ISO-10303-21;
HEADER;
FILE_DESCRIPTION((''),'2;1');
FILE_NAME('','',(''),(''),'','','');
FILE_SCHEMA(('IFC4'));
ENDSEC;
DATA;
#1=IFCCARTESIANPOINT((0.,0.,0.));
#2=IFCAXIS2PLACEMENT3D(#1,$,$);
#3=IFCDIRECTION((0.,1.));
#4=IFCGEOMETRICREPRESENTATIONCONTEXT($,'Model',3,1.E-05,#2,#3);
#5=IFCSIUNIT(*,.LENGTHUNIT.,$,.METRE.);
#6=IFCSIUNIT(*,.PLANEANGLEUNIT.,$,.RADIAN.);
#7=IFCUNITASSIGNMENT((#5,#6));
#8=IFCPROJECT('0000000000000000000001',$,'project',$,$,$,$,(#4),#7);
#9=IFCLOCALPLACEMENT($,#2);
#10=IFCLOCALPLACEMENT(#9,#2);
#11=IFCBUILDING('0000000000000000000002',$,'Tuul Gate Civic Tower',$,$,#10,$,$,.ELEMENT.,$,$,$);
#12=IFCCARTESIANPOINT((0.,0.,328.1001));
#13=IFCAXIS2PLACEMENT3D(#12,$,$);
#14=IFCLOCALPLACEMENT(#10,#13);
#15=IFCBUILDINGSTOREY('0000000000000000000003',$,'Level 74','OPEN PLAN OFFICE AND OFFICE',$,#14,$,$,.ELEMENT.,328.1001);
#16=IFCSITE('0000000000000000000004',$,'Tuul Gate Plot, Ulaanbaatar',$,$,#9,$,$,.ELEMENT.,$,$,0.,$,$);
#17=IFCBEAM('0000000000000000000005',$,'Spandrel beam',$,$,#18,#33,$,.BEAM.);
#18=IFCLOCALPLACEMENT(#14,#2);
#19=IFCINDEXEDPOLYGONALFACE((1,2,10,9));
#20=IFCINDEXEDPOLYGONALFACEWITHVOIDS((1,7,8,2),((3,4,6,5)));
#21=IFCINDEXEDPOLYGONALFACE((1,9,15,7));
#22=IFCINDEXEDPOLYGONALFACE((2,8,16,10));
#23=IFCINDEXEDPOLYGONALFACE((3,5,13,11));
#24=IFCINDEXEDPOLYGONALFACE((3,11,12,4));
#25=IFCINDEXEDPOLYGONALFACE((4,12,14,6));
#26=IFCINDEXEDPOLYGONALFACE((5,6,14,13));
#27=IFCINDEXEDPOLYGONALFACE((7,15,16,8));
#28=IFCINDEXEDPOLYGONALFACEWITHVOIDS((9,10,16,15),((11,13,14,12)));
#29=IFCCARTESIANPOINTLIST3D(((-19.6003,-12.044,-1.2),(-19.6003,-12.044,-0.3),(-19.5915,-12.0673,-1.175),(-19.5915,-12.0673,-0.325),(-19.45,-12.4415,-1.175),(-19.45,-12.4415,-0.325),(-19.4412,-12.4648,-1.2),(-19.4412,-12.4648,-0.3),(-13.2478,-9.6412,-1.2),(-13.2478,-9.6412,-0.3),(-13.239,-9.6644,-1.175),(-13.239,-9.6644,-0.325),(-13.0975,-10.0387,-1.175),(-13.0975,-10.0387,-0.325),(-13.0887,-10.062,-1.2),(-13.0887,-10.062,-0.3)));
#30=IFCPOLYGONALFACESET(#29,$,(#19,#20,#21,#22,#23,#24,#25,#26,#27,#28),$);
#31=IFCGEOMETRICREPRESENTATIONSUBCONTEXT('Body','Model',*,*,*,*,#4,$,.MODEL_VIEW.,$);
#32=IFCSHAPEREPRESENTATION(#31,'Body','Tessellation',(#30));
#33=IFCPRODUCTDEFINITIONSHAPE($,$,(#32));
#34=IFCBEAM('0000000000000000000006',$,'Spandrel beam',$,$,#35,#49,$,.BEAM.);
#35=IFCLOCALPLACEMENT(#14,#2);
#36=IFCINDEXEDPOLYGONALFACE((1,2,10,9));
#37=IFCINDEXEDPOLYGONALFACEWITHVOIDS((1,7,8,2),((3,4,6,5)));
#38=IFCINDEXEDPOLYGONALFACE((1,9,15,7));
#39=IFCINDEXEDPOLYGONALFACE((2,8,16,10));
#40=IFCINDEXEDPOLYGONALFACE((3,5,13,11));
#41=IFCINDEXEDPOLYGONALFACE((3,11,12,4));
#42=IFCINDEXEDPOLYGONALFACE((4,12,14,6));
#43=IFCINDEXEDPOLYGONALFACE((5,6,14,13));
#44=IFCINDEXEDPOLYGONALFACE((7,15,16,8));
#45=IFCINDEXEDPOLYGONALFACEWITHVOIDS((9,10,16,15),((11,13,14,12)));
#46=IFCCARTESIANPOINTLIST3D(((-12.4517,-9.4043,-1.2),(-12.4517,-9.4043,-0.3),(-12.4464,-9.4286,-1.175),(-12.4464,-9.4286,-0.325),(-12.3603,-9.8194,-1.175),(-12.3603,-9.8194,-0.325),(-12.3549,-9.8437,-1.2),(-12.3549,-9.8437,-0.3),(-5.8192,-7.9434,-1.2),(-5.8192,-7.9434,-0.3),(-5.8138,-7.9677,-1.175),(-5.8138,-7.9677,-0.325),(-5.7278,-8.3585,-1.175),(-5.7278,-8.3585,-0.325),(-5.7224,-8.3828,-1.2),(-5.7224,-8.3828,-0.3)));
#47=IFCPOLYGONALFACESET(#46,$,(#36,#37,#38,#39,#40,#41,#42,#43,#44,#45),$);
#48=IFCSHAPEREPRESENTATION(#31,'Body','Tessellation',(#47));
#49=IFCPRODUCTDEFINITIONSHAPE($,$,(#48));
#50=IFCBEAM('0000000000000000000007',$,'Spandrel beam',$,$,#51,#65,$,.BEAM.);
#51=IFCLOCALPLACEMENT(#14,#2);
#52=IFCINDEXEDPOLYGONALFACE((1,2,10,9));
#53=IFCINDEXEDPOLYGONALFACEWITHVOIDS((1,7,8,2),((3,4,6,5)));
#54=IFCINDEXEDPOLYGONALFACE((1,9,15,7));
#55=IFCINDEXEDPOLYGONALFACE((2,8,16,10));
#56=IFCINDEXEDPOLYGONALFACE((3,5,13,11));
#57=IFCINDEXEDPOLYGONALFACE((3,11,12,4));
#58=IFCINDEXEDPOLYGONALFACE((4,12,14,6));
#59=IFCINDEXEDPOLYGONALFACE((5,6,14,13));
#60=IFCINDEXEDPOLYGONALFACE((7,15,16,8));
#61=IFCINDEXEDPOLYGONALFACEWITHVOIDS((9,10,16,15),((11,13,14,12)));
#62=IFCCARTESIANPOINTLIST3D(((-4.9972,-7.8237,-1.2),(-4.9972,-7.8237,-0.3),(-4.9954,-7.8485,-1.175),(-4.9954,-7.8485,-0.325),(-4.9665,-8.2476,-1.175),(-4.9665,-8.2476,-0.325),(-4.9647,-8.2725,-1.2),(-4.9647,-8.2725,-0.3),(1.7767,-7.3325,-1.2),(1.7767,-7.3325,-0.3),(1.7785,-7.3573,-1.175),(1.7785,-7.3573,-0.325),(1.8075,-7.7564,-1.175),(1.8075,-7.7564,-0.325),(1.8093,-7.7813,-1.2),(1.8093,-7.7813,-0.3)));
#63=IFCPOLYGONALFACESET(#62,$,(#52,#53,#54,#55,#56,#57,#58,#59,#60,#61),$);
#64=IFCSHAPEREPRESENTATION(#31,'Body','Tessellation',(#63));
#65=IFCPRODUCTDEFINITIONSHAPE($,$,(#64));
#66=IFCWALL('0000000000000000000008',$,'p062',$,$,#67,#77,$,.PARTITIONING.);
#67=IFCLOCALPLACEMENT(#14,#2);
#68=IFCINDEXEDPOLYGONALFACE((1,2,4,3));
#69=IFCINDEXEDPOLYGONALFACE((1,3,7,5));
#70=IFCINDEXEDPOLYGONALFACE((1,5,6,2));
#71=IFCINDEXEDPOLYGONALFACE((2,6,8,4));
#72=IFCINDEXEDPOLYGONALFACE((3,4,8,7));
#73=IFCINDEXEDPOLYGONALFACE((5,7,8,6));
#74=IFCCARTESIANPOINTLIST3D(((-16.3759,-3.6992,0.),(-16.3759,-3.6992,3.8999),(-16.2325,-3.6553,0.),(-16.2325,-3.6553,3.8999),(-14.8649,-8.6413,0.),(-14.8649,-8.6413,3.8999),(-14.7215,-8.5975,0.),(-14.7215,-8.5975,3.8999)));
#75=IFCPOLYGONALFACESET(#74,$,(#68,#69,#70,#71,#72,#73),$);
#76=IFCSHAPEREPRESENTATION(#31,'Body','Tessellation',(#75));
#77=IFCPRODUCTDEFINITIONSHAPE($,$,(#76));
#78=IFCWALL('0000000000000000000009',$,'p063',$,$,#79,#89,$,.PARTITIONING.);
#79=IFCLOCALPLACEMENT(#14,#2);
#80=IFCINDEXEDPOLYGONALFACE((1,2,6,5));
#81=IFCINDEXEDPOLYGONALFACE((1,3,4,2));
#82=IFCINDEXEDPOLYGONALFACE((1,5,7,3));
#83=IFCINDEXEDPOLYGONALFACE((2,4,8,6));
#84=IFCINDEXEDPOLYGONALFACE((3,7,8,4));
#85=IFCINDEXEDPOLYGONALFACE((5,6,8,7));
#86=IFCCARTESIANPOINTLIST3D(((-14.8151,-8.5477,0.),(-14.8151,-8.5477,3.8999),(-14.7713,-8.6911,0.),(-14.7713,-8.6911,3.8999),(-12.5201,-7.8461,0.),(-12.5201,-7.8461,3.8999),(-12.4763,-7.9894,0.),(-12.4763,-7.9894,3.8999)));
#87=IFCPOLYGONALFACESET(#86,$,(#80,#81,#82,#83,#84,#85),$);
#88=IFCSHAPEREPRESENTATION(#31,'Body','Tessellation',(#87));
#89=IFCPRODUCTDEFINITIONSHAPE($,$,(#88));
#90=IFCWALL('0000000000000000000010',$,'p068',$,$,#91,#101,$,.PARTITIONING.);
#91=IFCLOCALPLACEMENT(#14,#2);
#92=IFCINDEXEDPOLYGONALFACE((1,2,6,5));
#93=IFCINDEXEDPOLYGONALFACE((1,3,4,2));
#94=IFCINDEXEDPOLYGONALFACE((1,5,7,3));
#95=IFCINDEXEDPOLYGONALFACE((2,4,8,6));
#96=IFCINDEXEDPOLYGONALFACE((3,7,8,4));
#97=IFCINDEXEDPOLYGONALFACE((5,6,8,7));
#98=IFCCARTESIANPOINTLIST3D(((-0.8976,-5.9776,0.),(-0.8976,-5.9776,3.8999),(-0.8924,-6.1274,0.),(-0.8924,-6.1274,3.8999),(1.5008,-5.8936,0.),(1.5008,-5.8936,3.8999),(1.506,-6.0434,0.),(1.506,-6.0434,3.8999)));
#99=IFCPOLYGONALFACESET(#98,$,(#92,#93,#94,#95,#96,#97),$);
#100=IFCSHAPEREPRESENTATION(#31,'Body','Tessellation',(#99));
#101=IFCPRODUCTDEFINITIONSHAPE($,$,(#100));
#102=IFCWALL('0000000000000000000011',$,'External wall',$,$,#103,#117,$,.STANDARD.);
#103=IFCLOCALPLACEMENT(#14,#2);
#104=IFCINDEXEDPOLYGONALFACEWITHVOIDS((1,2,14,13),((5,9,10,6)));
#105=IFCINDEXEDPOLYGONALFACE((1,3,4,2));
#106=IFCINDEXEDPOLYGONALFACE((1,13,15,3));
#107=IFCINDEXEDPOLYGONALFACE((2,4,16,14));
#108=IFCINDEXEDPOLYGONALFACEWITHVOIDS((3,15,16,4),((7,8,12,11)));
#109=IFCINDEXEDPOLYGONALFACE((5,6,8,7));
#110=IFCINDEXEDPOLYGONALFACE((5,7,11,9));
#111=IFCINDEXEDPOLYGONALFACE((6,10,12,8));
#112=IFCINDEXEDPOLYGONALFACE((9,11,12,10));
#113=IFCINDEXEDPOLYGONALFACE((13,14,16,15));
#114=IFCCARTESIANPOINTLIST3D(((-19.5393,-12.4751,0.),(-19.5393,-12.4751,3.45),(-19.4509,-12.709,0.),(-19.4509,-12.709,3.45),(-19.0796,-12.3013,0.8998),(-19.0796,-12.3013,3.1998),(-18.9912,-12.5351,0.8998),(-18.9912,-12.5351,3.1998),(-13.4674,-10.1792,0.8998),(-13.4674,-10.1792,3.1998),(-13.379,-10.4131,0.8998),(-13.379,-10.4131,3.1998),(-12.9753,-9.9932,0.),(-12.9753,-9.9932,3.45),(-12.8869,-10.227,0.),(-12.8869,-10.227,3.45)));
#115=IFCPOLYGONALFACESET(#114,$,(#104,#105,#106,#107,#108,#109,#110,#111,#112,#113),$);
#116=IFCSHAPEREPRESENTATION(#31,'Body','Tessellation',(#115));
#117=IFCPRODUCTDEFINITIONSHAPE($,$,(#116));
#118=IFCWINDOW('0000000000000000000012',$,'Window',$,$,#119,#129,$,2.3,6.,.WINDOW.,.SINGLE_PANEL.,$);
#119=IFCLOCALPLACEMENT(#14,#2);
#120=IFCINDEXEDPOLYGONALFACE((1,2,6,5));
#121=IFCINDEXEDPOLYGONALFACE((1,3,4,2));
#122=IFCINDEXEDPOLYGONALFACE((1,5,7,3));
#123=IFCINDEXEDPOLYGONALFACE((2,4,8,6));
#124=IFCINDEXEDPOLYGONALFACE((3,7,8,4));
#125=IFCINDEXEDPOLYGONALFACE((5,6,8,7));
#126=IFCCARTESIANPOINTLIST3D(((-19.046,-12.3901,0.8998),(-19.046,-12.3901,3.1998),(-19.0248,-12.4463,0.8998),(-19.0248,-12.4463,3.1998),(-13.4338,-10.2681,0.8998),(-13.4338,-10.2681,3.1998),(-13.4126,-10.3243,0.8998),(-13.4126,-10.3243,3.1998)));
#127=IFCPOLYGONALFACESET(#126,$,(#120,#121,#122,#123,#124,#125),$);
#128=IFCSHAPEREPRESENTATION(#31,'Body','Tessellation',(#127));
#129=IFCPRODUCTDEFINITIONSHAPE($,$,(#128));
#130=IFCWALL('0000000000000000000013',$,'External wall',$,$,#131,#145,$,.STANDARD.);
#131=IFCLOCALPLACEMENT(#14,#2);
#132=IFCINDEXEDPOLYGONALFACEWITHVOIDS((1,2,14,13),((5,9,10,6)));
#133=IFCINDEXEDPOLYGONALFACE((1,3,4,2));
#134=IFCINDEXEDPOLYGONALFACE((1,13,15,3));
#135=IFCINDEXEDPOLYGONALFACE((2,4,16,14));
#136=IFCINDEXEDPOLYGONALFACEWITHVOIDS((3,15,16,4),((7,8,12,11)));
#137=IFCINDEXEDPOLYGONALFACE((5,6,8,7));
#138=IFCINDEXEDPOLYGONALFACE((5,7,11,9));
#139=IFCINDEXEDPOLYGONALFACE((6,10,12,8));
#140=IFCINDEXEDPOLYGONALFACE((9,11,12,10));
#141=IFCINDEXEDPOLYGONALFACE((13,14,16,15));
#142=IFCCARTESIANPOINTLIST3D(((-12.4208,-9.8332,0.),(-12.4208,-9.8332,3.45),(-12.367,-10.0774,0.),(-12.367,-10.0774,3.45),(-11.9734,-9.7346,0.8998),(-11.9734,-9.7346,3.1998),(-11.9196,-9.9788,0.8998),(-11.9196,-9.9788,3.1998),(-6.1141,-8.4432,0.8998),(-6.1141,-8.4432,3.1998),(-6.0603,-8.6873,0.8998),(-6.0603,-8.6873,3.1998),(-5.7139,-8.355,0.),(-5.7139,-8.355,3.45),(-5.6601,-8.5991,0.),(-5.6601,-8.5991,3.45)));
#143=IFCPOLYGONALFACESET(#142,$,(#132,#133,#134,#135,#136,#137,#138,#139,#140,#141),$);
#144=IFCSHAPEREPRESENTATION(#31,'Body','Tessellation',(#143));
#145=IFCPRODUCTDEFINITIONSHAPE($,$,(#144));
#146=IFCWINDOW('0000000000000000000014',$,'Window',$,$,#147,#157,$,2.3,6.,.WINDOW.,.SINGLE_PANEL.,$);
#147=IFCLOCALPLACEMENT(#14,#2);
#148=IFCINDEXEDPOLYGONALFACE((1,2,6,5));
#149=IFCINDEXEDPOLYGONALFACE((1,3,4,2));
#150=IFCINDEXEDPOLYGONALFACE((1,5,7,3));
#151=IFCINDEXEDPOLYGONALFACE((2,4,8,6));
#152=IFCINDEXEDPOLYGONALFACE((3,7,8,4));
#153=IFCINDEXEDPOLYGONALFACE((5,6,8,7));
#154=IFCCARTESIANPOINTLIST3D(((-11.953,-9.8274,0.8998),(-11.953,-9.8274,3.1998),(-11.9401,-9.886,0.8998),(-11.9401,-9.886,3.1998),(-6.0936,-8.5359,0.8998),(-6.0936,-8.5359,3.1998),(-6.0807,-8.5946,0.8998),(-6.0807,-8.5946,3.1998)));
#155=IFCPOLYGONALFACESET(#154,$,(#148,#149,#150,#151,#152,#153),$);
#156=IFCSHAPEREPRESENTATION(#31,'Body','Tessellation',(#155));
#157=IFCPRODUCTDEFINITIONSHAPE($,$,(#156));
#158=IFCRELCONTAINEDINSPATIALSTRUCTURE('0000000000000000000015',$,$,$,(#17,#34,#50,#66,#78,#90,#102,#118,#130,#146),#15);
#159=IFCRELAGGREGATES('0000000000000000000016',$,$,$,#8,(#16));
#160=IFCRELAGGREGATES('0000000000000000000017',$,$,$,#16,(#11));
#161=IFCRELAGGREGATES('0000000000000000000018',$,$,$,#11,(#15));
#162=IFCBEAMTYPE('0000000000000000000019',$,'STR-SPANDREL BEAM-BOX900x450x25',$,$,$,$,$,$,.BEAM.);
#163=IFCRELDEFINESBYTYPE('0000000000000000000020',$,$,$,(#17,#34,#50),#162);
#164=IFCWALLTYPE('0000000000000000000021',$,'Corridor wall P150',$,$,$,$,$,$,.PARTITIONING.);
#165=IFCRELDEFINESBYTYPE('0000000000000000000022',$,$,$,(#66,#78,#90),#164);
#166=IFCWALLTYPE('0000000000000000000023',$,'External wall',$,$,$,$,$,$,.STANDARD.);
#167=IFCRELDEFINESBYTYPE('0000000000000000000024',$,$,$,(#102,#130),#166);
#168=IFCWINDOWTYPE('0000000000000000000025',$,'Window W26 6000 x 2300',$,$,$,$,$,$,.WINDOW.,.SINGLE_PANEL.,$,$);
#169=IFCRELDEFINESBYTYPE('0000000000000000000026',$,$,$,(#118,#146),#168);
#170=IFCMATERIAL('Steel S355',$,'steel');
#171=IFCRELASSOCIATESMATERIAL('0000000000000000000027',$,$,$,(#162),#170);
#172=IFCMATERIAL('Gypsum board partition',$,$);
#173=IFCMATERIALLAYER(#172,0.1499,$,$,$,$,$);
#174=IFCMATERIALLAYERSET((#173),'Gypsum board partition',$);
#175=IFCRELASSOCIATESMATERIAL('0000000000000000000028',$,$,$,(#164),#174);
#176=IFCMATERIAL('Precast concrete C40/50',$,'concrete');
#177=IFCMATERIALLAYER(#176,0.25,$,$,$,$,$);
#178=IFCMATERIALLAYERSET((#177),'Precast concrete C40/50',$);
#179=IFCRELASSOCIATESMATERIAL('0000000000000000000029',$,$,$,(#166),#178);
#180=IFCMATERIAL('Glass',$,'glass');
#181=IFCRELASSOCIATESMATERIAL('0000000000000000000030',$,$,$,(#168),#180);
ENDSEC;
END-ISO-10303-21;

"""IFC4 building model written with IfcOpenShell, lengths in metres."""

from ifc_helpers import new_model, si_unit, direction, frame, frame_2d, origin, origin_2d, place, context, subcontext, project, spatial, rectangle, hollow_rectangle, extrude, material, layer, layer_set, material_profile, profile_set, type_object, element, fill, save


model = new_model("IFC4")

# Units and contexts
model_context = context("Model", 3, precision=1e-05, world=origin(), true_north=direction((0.0, 1.0)))
body_context = subcontext(model_context, "Body", "Model", "MODEL_VIEW")
ifc_project = project(units=[si_unit("LENGTHUNIT", "METRE"), si_unit("PLANEANGLEUNIT", "RADIAN")], contexts=[model_context])

# Site, building, storey
site_placement = place(None, origin())
site = spatial("IfcSite", under=ifc_project, at=site_placement, Name="Tuul Gate Plot, Ulaanbaatar", CompositionType="ELEMENT", RefElevation=0.0)
building_placement = place(site_placement, origin())
building = spatial("IfcBuilding", under=site, at=building_placement, Name="Tuul Gate Civic Tower", CompositionType="ELEMENT")
storey_placement = place(building_placement, frame((0.0, 0.0, 328.1001)))
storey = spatial("IfcBuildingStorey", under=building, at=storey_placement, Name="Level 74", Description="OPEN PLAN OFFICE AND OFFICE", CompositionType="ELEMENT", Elevation=328.1001)

# Beams
ifc_material_1 = material(Name="Steel S355", Category="steel")
ifc_material_profile_1 = material_profile(ifc_material_1, hollow_rectangle(XDim=0.45, YDim=0.8999, WallThickness=0.0249, at=origin_2d()), Name="BOX900x450x25")
ifc_profile_set_1 = profile_set([ifc_material_profile_1], Name="Steel S355")
beam_type_1 = type_object("IfcBeamType", Name="STR-SPANDREL BEAM-BOX900x450x25", PredefinedType="BEAM", material=ifc_profile_set_1)
beam_1_placement = place(storey_placement, frame((-19.5208, -12.2544, -0.75), z_axis=(0.935327, 0.353785, 0.0), x_axis=(-0.353785, 0.935327, 0.0)))
element("IfcBeam", 1, at=beam_1_placement, inside=storey, type_object=beam_type_1, Name="Spandrel beam", PredefinedType="BEAM", context=body_context, shape_type="SweptSolid", body=[
    extrude(hollow_rectangle(XDim=0.45, YDim=0.8999, WallThickness=0.0249, at=origin_2d()), origin(), (0.0, 0.0, 1.0), 6.7917),
])
beam_2_placement = place(storey_placement, frame((-12.4033, -9.624, -0.75), z_axis=(0.97659, 0.215111, 0.0), x_axis=(-0.215111, 0.97659, 0.0)))
element("IfcBeam", 2, at=beam_2_placement, inside=storey, type_object=beam_type_1, Name="Spandrel beam", PredefinedType="BEAM", context=body_context, shape_type="SweptSolid", body=[
    extrude(hollow_rectangle(XDim=0.45, YDim=0.8999, WallThickness=0.0249, at=origin_2d()), origin(), (0.0, 0.0, 1.0), 6.7915),
])
beam_3_placement = place(storey_placement, frame((-4.981, -8.0481, -0.75), z_axis=(0.997381, 0.072325, 0.0), x_axis=(-0.072325, 0.997381, 0.0)))
element("IfcBeam", 3, at=beam_3_placement, inside=storey, type_object=beam_type_1, Name="Spandrel beam", PredefinedType="BEAM", context=body_context, shape_type="SweptSolid", body=[
    extrude(hollow_rectangle(XDim=0.45, YDim=0.8999, WallThickness=0.0249, at=origin_2d()), origin(), (0.0, 0.0, 1.0), 6.7917),
])

# Walls
ifc_material_2 = material(Name="Gypsum board partition")
ifc_layer_1 = layer(ifc_material_2, 0.1499)
ifc_layer_set_1 = layer_set([ifc_layer_1], Name="Gypsum board partition")
wall_type_1 = type_object("IfcWallType", Name="Corridor wall P150", PredefinedType="PARTITIONING", material=ifc_layer_set_1)
wall_1_placement = place(storey_placement, frame((-16.3042, -3.6772, 0.0), z_axis=(0.0, 0.0, 1.0), x_axis=(0.292376, -0.956304, 0.0)))
element("IfcWall", 4, at=wall_1_placement, inside=storey, type_object=wall_type_1, Name="p062", PredefinedType="PARTITIONING", context=body_context, shape_type="SweptSolid", body=[
    extrude(rectangle(XDim=5.168, YDim=0.1499, at=frame_2d((2.584, 0.0))), origin(), (0.0, 0.0, 1.0), 3.8999),
])
for number, where, z_axis, x_axis, name in (
    (5, (-14.7932, -8.6194, 0.0), (0.0, 0.0, 1.0), (0.95631, 0.292356, 0.0), "p063"),
    (6, (-0.895, -6.0525, 0.0), (0.0, 0.0, 1.0), (0.999387, 0.034995, 0.0), "p068"),
):
    element("IfcWall", number, at=place(storey_placement, frame(where, z_axis=z_axis, x_axis=x_axis)), inside=storey, type_object=wall_type_1, Name=name, PredefinedType="PARTITIONING", context=body_context, shape_type="SweptSolid", body=[
        extrude(rectangle(XDim=2.3999, YDim=0.1499, at=frame_2d((1.2, 0.0))), origin(), (0.0, 0.0, 1.0), 3.8999),
    ])

# Walls, openings, windows
ifc_material_3 = material(Name="Precast concrete C40/50", Category="concrete")
ifc_layer_2 = layer(ifc_material_3, 0.25)
ifc_layer_set_2 = layer_set([ifc_layer_2], Name="Precast concrete C40/50")
wall_type_2 = type_object("IfcWallType", Name="External wall", PredefinedType="STANDARD", material=ifc_layer_set_2)
wall_2_placement = place(storey_placement, frame((-19.4951, -12.592, 0.0), z_axis=(0.0, 0.0, 1.0), x_axis=(0.935368, 0.353677, 0.0)))
wall_2 = element("IfcWall", 7, at=wall_2_placement, inside=storey, type_object=wall_type_2, Name="External wall", PredefinedType="STANDARD", context=body_context, shape_type="SweptSolid", body=[
    extrude(rectangle(XDim=7.0176, YDim=0.25, at=frame_2d((3.5088, 0.0))), origin(), (0.0, 0.0, 1.0), 3.45),
])
opening_1_placement = place(wall_2_placement, frame((0.4915, 0.0, 0.8999)))
opening_1 = element("IfcOpeningElement", 8, at=opening_1_placement, cuts=wall_2, PredefinedType="OPENING", context=body_context, shape_type="SweptSolid", body=[
    extrude(rectangle(XDim=6.0, YDim=2.3, at=frame_2d((3.0, 1.1499))), frame((0.0, 0.135, 0.0), z_axis=(0.0, -1.0, 0.0), x_axis=(1.0, 0.0, 0.0)), (0.0, 0.0, 1.0), 0.27),
])
ifc_material_4 = material(Name="Glass", Category="glass")
window_type = type_object("IfcWindowType", Name="Window W26 6000 x 2300", PartitioningType="SINGLE_PANEL", PredefinedType="WINDOW", material=ifc_material_4)
window_1_placement = place(opening_1_placement, origin())
window_1 = element("IfcWindow", 9, at=window_1_placement, inside=storey, type_object=window_type, Name="Window", OverallHeight=2.3, OverallWidth=6.0, PartitioningType="SINGLE_PANEL", PredefinedType="WINDOW", context=body_context, shape_type="SweptSolid", body=[
    extrude(rectangle(XDim=6.0, YDim=2.3, at=frame_2d((3.0, 1.1499))), frame((0.0, 0.03, 0.0), z_axis=(0.0, -1.0, 0.0), x_axis=(1.0, 0.0, 0.0)), (0.0, 0.0, 1.0), 0.0601),
])
fill(opening_1, window_1)
wall_3_placement = place(storey_placement, frame((-12.394, -9.9553, 0.0), z_axis=(0.0, 0.0, 1.0), x_axis=(0.976561, 0.21524, 0.0)))
wall_3 = element("IfcWall", 10, at=wall_3_placement, inside=storey, type_object=wall_type_2, Name="External wall", PredefinedType="STANDARD", context=body_context, shape_type="SweptSolid", body=[
    extrude(rectangle(XDim=6.8679, YDim=0.25, at=frame_2d((3.4341, 0.0))), origin(), (0.0, 0.0, 1.0), 3.45),
])
opening_2_placement = place(wall_3_placement, frame((0.4583, 0.0, 0.8999)))
opening_2 = element("IfcOpeningElement", 11, at=opening_2_placement, cuts=wall_3, PredefinedType="OPENING", context=body_context, shape_type="SweptSolid", body=[
    extrude(rectangle(XDim=6.0, YDim=2.3, at=frame_2d((3.0, 1.1499))), frame((0.0, 0.135, 0.0), z_axis=(0.0, -1.0, 0.0), x_axis=(1.0, 0.0, 0.0)), (0.0, 0.0, 1.0), 0.27),
])
window_2_placement = place(opening_2_placement, origin())
window_2 = element("IfcWindow", 12, at=window_2_placement, inside=storey, type_object=window_type, Name="Window", OverallHeight=2.3, OverallWidth=6.0, PartitioningType="SINGLE_PANEL", PredefinedType="WINDOW", context=body_context, shape_type="SweptSolid", body=[
    extrude(rectangle(XDim=6.0, YDim=2.3, at=frame_2d((3.0, 1.1499))), frame((0.0, 0.03, 0.0), z_axis=(0.0, -1.0, 0.0), x_axis=(1.0, 0.0, 0.0)), (0.0, 0.0, 1.0), 0.0601),
])
fill(opening_2, window_2)

save(model, "model.ifc")
